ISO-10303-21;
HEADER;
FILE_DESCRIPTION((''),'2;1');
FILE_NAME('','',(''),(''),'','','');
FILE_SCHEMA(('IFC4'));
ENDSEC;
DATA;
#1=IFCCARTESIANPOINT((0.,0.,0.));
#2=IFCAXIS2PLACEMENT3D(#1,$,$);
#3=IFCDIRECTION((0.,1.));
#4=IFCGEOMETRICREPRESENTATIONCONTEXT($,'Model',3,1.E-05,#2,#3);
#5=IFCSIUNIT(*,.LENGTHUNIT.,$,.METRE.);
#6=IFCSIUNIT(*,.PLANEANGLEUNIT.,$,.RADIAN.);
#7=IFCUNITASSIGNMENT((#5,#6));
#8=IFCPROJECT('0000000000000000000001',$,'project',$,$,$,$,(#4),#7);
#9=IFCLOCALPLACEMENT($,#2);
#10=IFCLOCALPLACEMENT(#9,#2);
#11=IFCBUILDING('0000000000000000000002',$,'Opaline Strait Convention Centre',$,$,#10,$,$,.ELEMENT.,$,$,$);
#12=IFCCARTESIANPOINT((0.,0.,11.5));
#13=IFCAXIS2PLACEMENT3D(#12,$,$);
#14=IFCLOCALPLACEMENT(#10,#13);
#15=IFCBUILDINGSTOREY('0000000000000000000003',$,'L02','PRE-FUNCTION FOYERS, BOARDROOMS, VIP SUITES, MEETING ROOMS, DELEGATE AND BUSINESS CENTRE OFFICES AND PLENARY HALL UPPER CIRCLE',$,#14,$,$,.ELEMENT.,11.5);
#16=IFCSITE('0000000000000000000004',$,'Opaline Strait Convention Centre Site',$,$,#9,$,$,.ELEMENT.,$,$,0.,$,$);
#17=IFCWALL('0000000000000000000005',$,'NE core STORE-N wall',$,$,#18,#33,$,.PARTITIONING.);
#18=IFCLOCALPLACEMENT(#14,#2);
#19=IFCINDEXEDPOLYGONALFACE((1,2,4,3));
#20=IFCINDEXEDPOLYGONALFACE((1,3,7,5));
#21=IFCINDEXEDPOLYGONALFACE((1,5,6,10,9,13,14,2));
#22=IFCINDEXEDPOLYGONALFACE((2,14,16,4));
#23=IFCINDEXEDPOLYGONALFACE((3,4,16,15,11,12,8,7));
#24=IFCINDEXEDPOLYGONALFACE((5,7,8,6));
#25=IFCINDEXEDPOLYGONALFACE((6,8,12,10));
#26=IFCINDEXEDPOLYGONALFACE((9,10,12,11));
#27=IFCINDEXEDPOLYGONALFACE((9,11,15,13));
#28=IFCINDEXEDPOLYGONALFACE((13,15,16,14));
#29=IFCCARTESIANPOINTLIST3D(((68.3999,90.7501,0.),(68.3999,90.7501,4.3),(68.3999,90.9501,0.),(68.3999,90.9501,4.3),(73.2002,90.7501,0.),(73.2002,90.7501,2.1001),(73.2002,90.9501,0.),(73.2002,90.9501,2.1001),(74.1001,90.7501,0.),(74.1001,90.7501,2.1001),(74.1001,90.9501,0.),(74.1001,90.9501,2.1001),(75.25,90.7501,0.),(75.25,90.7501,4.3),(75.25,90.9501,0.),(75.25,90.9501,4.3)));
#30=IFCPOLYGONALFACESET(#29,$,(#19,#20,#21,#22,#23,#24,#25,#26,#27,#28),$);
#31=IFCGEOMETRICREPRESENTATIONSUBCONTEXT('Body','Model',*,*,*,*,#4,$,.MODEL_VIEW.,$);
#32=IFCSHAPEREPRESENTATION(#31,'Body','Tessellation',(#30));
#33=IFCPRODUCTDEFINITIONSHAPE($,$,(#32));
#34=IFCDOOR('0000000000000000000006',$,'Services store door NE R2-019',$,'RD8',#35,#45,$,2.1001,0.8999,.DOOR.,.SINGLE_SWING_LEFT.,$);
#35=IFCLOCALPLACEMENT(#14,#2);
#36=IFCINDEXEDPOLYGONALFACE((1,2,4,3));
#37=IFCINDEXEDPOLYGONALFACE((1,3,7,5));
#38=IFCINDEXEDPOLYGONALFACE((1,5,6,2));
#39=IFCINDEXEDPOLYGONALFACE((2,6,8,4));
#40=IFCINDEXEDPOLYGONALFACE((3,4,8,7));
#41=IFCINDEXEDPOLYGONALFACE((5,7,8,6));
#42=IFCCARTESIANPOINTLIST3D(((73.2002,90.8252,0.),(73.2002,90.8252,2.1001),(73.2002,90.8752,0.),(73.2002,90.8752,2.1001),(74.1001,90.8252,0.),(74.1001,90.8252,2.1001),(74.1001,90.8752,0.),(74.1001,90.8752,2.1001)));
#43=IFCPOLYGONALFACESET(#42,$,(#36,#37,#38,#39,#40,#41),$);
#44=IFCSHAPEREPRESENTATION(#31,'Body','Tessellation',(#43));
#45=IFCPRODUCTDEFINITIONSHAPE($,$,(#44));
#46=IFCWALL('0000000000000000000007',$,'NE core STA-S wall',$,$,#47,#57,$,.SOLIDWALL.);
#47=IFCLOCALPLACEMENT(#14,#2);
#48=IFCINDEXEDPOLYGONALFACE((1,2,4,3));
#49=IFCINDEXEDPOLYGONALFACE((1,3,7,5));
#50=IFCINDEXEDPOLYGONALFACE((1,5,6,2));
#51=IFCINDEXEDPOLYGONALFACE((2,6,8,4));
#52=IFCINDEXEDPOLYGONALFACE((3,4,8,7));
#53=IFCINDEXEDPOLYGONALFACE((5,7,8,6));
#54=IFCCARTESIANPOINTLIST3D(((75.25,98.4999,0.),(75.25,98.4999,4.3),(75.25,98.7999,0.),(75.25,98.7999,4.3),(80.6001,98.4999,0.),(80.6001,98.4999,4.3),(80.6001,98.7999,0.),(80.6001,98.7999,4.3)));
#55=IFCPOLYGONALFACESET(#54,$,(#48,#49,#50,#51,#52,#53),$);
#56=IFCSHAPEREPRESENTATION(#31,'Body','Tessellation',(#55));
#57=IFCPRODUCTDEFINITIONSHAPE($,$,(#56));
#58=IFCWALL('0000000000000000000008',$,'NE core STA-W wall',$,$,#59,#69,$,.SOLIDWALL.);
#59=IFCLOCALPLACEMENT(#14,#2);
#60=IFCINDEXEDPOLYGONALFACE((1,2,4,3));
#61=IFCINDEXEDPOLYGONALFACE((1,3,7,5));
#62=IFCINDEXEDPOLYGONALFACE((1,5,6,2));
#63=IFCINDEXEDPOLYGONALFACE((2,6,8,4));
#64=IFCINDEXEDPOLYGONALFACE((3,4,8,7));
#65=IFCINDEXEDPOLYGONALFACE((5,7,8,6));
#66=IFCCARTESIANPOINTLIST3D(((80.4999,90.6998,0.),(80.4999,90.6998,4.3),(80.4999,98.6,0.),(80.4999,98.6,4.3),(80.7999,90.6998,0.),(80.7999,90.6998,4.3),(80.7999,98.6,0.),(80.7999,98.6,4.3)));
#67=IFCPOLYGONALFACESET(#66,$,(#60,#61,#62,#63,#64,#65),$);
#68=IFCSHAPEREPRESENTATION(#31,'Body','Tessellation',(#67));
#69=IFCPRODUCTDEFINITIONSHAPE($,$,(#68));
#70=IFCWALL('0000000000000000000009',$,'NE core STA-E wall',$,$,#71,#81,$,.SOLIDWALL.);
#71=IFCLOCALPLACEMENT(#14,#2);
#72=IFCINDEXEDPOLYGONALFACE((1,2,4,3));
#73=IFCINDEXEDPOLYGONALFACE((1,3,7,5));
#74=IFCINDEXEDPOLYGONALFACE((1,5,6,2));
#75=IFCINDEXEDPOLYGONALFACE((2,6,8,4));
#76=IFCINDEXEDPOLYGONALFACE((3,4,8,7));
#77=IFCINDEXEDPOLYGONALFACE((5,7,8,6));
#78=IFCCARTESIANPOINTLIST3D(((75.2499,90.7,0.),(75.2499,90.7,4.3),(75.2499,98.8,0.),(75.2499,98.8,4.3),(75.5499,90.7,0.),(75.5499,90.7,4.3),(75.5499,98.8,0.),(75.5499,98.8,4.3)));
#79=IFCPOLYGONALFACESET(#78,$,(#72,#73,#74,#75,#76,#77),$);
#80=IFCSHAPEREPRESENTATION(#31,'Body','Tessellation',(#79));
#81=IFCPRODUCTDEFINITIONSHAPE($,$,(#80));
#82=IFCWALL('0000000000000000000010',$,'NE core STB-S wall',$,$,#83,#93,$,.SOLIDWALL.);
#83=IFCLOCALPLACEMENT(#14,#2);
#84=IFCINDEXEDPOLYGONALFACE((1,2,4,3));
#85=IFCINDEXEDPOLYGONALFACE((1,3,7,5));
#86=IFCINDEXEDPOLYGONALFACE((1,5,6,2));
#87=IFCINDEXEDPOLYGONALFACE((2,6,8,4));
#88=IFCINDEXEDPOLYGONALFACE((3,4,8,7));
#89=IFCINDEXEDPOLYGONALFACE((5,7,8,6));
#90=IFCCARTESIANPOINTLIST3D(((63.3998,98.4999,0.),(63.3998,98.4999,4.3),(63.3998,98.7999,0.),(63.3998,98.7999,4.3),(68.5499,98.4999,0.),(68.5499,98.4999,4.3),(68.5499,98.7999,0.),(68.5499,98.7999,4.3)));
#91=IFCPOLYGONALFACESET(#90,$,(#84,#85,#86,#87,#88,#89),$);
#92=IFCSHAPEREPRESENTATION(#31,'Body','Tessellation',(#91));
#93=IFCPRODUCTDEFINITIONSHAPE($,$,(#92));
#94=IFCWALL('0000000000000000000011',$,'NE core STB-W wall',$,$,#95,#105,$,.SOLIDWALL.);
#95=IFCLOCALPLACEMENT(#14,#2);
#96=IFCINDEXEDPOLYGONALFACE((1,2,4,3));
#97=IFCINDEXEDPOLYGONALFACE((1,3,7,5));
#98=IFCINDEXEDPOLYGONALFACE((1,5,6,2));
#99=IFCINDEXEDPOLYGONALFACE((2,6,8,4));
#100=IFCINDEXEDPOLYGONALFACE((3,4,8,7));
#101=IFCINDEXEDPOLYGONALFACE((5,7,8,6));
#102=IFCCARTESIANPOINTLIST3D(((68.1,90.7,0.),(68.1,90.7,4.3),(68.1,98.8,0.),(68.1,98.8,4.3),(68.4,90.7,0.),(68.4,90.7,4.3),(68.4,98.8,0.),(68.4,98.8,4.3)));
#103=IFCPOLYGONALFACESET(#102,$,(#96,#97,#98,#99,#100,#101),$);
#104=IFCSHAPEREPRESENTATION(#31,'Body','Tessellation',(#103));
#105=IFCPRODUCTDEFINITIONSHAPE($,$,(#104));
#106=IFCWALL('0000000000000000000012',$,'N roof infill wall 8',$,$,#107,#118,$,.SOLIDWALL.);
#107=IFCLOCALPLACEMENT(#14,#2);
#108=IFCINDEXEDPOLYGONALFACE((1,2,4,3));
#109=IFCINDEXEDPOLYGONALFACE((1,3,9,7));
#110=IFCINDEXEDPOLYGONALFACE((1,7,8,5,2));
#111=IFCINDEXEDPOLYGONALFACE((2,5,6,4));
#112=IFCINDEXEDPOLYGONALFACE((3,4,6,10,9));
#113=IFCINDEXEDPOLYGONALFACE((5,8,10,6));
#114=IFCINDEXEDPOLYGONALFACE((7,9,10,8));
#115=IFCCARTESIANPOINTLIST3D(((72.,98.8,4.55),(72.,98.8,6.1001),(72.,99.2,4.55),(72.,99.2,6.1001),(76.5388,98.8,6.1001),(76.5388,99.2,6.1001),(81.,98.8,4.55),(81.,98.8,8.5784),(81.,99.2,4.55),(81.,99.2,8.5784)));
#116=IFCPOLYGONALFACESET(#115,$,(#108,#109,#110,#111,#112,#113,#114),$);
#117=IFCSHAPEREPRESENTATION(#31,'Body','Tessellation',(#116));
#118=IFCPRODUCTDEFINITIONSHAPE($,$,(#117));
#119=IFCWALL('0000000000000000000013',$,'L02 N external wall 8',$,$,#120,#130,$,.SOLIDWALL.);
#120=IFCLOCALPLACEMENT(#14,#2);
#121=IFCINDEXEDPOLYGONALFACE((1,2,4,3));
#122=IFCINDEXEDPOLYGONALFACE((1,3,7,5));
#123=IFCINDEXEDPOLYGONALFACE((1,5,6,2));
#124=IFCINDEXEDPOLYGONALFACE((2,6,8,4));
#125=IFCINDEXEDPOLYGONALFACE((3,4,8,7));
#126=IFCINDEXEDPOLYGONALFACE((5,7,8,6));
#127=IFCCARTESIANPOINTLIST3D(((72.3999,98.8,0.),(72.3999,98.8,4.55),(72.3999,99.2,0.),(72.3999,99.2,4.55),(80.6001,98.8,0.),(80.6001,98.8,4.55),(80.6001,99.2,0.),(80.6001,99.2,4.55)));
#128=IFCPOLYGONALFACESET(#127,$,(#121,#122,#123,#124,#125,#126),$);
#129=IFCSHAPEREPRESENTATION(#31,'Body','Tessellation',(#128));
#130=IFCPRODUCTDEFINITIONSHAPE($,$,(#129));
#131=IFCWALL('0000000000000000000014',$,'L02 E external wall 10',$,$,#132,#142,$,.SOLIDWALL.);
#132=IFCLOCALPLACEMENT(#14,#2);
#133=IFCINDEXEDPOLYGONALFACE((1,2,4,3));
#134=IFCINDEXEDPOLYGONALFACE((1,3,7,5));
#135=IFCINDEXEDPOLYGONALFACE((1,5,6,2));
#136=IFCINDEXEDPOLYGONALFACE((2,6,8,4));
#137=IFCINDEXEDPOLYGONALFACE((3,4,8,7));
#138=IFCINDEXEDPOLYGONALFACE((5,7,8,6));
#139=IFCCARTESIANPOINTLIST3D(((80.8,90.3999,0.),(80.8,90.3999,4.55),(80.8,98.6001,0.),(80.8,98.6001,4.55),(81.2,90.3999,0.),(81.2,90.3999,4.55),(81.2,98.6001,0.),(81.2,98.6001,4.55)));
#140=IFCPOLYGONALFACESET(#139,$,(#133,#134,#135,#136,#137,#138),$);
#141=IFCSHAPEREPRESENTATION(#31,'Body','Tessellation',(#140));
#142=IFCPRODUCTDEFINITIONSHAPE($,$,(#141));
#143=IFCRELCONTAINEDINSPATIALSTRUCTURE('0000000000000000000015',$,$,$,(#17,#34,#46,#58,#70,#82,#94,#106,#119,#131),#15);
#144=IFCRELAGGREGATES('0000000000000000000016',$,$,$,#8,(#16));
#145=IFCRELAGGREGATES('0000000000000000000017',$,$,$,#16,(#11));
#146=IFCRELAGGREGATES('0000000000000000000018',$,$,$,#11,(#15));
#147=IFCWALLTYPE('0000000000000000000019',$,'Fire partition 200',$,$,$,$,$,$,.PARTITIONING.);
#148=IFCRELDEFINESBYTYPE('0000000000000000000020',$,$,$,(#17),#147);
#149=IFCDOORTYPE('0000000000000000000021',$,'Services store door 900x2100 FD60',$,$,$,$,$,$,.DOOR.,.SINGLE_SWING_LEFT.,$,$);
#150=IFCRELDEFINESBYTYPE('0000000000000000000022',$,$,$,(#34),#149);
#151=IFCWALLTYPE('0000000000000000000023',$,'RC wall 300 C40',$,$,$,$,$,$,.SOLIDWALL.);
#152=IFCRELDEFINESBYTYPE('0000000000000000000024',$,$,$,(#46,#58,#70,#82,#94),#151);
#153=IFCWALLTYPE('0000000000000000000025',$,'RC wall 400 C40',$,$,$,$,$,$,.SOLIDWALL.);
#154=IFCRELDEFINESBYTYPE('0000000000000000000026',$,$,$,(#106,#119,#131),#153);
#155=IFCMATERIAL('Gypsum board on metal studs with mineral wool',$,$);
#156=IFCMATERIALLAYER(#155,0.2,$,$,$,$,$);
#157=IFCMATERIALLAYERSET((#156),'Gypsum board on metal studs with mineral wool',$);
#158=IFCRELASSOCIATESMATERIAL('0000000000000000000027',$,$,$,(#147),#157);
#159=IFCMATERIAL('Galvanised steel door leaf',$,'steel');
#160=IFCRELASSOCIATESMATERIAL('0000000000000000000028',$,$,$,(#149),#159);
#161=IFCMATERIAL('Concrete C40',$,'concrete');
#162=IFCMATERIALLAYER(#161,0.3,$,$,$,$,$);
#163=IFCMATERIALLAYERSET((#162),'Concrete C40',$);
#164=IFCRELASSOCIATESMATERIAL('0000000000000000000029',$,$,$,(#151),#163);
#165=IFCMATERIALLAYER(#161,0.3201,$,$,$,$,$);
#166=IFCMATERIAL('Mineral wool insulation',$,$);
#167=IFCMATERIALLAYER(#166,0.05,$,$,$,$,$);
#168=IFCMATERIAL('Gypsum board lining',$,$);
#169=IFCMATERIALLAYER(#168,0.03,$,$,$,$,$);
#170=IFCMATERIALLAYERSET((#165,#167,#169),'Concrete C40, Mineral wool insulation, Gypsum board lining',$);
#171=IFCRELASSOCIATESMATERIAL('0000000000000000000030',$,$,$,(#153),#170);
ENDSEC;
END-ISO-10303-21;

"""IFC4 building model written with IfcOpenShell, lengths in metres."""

from ifc_helpers import new_model, si_unit, direction, frame, frame_2d, origin, place, context, subcontext, project, spatial, polyline, rectangle, outline, extrude, material, layer, layer_set, type_object, element, fill, save


model = new_model("IFC4")

# Units and contexts
model_context = context("Model", 3, precision=1e-05, world=origin(), true_north=direction((0.0, 1.0)))
body_context = subcontext(model_context, "Body", "Model", "MODEL_VIEW")
ifc_project = project(units=[si_unit("LENGTHUNIT", "METRE"), si_unit("PLANEANGLEUNIT", "RADIAN")], contexts=[model_context])

# Site, building, storey
site_placement = place(None, origin())
site = spatial("IfcSite", under=ifc_project, at=site_placement, Name="Opaline Strait Convention Centre Site", CompositionType="ELEMENT", RefElevation=0.0)
building_placement = place(site_placement, origin())
building = spatial("IfcBuilding", under=site, at=building_placement, Name="Opaline Strait Convention Centre", CompositionType="ELEMENT")
storey_placement = place(building_placement, frame((0.0, 0.0, 11.5)))
storey = spatial("IfcBuildingStorey", under=building, at=storey_placement, Name="L02", Description="PRE-FUNCTION FOYERS, BOARDROOMS, VIP SUITES, MEETING ROOMS, DELEGATE AND BUSINESS CENTRE OFFICES AND PLENARY HALL UPPER CIRCLE", CompositionType="ELEMENT", Elevation=11.5)

# Shared definitions
ifc_material_1 = material(Name="Concrete C40", Category="concrete")

# Wall, opening, door
ifc_material_2 = material(Name="Gypsum board on metal studs with mineral wool")
ifc_layer_1 = layer(ifc_material_2, 0.2)
ifc_layer_set_1 = layer_set([ifc_layer_1], Name="Gypsum board on metal studs with mineral wool")
wall_type_1 = type_object("IfcWallType", Name="Fire partition 200", PredefinedType="PARTITIONING", material=ifc_layer_set_1)
wall_1_placement = place(storey_placement, frame((75.25, 90.8501, 0.0), z_axis=(0.0, 0.0, 1.0), x_axis=(-1.0, 0.0, 0.0)))
wall_1 = element("IfcWall", 1, at=wall_1_placement, inside=storey, type_object=wall_type_1, Name="NE core STORE-N wall", PredefinedType="PARTITIONING", context=body_context, shape_type="SweptSolid", body=[
    extrude(rectangle(XDim=6.8501, YDim=0.2, at=frame_2d((3.425, 0.0))), origin(), (0.0, 0.0, 1.0), 4.3),
])
opening_1_placement = place(wall_1_placement, frame((1.1499, 0.0, 0.0)))
opening_1 = element("IfcOpeningElement", 2, at=opening_1_placement, cuts=wall_1, PredefinedType="OPENING", context=body_context, shape_type="SweptSolid", body=[
    extrude(rectangle(XDim=0.8999, YDim=2.1001, at=frame_2d((0.45, 1.05))), frame((0.0, 0.1099, 0.0), z_axis=(0.0, -1.0, 0.0), x_axis=(1.0, 0.0, 0.0)), (0.0, 0.0, 1.0), 0.22),
])
ifc_material_3 = material(Name="Galvanised steel door leaf", Category="steel")
door_type_1 = type_object("IfcDoorType", Name="Services store door 900x2100 FD60", OperationType="SINGLE_SWING_LEFT", PredefinedType="DOOR", material=ifc_material_3)
door_1_placement = place(opening_1_placement, origin())
door_1 = element("IfcDoor", 3, at=door_1_placement, inside=storey, type_object=door_type_1, Name="Services store door NE R2-019", ObjectType="RD8", OperationType="SINGLE_SWING_LEFT", OverallHeight=2.1001, OverallWidth=0.8999, PredefinedType="DOOR", context=body_context, shape_type="SweptSolid", body=[
    extrude(rectangle(XDim=0.8999, YDim=2.1001, at=frame_2d((0.45, 1.05))), frame((0.0, 0.0249, 0.0), z_axis=(0.0, -1.0, 0.0), x_axis=(1.0, 0.0, 0.0)), (0.0, 0.0, 1.0), 0.05),
])
fill(opening_1, door_1)

# Wall
ifc_layer_2 = layer(ifc_material_1, 0.3)
ifc_layer_set_2 = layer_set([ifc_layer_2], Name="Concrete C40")
wall_type_2 = type_object("IfcWallType", Name="RC wall 300 C40", PredefinedType="SOLIDWALL", material=ifc_layer_set_2)
wall_2_placement = place(storey_placement, frame((80.6001, 98.6499, 0.0), z_axis=(0.0, 0.0, 1.0), x_axis=(-1.0, 0.0, 0.0)))
element("IfcWall", 4, at=wall_2_placement, inside=storey, type_object=wall_type_2, Name="NE core STA-S wall", PredefinedType="SOLIDWALL", context=body_context, shape_type="SweptSolid", body=[
    extrude(rectangle(XDim=5.3501, YDim=0.3, at=frame_2d((2.675, 0.0))), origin(), (0.0, 0.0, 1.0), 4.3),
])

# Walls
wall_3_placement = place(storey_placement, frame((80.6499, 98.6001, 0.0), z_axis=(0.0, 0.0, 1.0), x_axis=(0.0, -1.0, 0.0)))
element("IfcWall", 5, at=wall_3_placement, inside=storey, type_object=wall_type_2, Name="NE core STA-W wall", PredefinedType="SOLIDWALL", context=body_context, shape_type="SweptSolid", body=[
    extrude(rectangle(XDim=7.9001, YDim=0.3, at=frame_2d((3.9502, 0.0))), origin(), (0.0, 0.0, 1.0), 4.3),
])
wall_4_placement = place(storey_placement, frame((75.3999, 98.8, 0.0), z_axis=(0.0, 0.0, 1.0), x_axis=(0.0, -1.0, 0.0)))
element("IfcWall", 6, at=wall_4_placement, inside=storey, type_object=wall_type_2, Name="NE core STA-E wall", PredefinedType="SOLIDWALL", context=body_context, shape_type="SweptSolid", body=[
    extrude(rectangle(XDim=8.1001, YDim=0.3, at=frame_2d((4.05, 0.0))), origin(), (0.0, 0.0, 1.0), 4.3),
])
wall_5_placement = place(storey_placement, frame((68.55, 98.6499, 0.0), z_axis=(0.0, 0.0, 1.0), x_axis=(-1.0, 0.0, 0.0)))
element("IfcWall", 7, at=wall_5_placement, inside=storey, type_object=wall_type_2, Name="NE core STB-S wall", PredefinedType="SOLIDWALL", context=body_context, shape_type="SweptSolid", body=[
    extrude(rectangle(XDim=5.1501, YDim=0.3, at=frame_2d((2.5752, 0.0))), origin(), (0.0, 0.0, 1.0), 4.3),
])

# Walls
wall_6_placement = place(storey_placement, frame((68.25, 98.8, 0.0), z_axis=(0.0, 0.0, 1.0), x_axis=(0.0, -1.0, 0.0)))
element("IfcWall", 8, at=wall_6_placement, inside=storey, type_object=wall_type_2, Name="NE core STB-W wall", PredefinedType="SOLIDWALL", context=body_context, shape_type="SweptSolid", body=[
    extrude(rectangle(XDim=8.1001, YDim=0.3, at=frame_2d((4.05, 0.0))), origin(), (0.0, 0.0, 1.0), 4.3),
])
ifc_layer_3 = layer(ifc_material_1, 0.3201)
ifc_material_4 = material(Name="Mineral wool insulation")
ifc_layer_4 = layer(ifc_material_4, 0.05)
ifc_material_5 = material(Name="Gypsum board lining")
ifc_layer_5 = layer(ifc_material_5, 0.03)
ifc_layer_set_3 = layer_set([ifc_layer_3, ifc_layer_4, ifc_layer_5], Name="Concrete C40, Mineral wool insulation, Gypsum board lining")
wall_type_3 = type_object("IfcWallType", Name="RC wall 400 C40", PredefinedType="SOLIDWALL", material=ifc_layer_set_3)
wall_7_placement = place(storey_placement, frame((72.0, 99.0, 4.55), z_axis=(0.0, 0.0, 1.0), x_axis=(1.0, 0.0, 0.0)))
element("IfcWall", 9, at=wall_7_placement, inside=storey, type_object=wall_type_3, Name="N roof infill wall 8", PredefinedType="SOLIDWALL", context=body_context, shape_type="SweptSolid", body=[
    extrude(outline(polyline([(0.0, 0.0), (9.0, 0.0), (9.0, 4.0283), (4.5388, 1.55), (0.0, 1.55), (0.0, 0.0)])), frame((0.0, 0.2, 0.0), z_axis=(0.0, -1.0, 0.0), x_axis=(1.0, 0.0, 0.0)), (0.0, 0.0, 1.0), 0.3999),
])
for number, where, z_axis, x_axis, name in (
    (10, (72.3999, 99.0, 0.0), (0.0, 0.0, 1.0), (1.0, 0.0, 0.0), "L02 N external wall 8"),
    (11, (81.0, 90.3999, 0.0), (0.0, 0.0, 1.0), (0.0, 1.0, 0.0), "L02 E external wall 10"),
):
    element("IfcWall", number, at=place(storey_placement, frame(where, z_axis=z_axis, x_axis=x_axis)), inside=storey, type_object=wall_type_3, Name=name, PredefinedType="SOLIDWALL", context=body_context, shape_type="SweptSolid", body=[
        extrude(rectangle(XDim=8.2002, YDim=0.3999, at=frame_2d((4.1001, 0.0))), origin(), (0.0, 0.0, 1.0), 4.55),
    ])

save(model, "model.ifc")
